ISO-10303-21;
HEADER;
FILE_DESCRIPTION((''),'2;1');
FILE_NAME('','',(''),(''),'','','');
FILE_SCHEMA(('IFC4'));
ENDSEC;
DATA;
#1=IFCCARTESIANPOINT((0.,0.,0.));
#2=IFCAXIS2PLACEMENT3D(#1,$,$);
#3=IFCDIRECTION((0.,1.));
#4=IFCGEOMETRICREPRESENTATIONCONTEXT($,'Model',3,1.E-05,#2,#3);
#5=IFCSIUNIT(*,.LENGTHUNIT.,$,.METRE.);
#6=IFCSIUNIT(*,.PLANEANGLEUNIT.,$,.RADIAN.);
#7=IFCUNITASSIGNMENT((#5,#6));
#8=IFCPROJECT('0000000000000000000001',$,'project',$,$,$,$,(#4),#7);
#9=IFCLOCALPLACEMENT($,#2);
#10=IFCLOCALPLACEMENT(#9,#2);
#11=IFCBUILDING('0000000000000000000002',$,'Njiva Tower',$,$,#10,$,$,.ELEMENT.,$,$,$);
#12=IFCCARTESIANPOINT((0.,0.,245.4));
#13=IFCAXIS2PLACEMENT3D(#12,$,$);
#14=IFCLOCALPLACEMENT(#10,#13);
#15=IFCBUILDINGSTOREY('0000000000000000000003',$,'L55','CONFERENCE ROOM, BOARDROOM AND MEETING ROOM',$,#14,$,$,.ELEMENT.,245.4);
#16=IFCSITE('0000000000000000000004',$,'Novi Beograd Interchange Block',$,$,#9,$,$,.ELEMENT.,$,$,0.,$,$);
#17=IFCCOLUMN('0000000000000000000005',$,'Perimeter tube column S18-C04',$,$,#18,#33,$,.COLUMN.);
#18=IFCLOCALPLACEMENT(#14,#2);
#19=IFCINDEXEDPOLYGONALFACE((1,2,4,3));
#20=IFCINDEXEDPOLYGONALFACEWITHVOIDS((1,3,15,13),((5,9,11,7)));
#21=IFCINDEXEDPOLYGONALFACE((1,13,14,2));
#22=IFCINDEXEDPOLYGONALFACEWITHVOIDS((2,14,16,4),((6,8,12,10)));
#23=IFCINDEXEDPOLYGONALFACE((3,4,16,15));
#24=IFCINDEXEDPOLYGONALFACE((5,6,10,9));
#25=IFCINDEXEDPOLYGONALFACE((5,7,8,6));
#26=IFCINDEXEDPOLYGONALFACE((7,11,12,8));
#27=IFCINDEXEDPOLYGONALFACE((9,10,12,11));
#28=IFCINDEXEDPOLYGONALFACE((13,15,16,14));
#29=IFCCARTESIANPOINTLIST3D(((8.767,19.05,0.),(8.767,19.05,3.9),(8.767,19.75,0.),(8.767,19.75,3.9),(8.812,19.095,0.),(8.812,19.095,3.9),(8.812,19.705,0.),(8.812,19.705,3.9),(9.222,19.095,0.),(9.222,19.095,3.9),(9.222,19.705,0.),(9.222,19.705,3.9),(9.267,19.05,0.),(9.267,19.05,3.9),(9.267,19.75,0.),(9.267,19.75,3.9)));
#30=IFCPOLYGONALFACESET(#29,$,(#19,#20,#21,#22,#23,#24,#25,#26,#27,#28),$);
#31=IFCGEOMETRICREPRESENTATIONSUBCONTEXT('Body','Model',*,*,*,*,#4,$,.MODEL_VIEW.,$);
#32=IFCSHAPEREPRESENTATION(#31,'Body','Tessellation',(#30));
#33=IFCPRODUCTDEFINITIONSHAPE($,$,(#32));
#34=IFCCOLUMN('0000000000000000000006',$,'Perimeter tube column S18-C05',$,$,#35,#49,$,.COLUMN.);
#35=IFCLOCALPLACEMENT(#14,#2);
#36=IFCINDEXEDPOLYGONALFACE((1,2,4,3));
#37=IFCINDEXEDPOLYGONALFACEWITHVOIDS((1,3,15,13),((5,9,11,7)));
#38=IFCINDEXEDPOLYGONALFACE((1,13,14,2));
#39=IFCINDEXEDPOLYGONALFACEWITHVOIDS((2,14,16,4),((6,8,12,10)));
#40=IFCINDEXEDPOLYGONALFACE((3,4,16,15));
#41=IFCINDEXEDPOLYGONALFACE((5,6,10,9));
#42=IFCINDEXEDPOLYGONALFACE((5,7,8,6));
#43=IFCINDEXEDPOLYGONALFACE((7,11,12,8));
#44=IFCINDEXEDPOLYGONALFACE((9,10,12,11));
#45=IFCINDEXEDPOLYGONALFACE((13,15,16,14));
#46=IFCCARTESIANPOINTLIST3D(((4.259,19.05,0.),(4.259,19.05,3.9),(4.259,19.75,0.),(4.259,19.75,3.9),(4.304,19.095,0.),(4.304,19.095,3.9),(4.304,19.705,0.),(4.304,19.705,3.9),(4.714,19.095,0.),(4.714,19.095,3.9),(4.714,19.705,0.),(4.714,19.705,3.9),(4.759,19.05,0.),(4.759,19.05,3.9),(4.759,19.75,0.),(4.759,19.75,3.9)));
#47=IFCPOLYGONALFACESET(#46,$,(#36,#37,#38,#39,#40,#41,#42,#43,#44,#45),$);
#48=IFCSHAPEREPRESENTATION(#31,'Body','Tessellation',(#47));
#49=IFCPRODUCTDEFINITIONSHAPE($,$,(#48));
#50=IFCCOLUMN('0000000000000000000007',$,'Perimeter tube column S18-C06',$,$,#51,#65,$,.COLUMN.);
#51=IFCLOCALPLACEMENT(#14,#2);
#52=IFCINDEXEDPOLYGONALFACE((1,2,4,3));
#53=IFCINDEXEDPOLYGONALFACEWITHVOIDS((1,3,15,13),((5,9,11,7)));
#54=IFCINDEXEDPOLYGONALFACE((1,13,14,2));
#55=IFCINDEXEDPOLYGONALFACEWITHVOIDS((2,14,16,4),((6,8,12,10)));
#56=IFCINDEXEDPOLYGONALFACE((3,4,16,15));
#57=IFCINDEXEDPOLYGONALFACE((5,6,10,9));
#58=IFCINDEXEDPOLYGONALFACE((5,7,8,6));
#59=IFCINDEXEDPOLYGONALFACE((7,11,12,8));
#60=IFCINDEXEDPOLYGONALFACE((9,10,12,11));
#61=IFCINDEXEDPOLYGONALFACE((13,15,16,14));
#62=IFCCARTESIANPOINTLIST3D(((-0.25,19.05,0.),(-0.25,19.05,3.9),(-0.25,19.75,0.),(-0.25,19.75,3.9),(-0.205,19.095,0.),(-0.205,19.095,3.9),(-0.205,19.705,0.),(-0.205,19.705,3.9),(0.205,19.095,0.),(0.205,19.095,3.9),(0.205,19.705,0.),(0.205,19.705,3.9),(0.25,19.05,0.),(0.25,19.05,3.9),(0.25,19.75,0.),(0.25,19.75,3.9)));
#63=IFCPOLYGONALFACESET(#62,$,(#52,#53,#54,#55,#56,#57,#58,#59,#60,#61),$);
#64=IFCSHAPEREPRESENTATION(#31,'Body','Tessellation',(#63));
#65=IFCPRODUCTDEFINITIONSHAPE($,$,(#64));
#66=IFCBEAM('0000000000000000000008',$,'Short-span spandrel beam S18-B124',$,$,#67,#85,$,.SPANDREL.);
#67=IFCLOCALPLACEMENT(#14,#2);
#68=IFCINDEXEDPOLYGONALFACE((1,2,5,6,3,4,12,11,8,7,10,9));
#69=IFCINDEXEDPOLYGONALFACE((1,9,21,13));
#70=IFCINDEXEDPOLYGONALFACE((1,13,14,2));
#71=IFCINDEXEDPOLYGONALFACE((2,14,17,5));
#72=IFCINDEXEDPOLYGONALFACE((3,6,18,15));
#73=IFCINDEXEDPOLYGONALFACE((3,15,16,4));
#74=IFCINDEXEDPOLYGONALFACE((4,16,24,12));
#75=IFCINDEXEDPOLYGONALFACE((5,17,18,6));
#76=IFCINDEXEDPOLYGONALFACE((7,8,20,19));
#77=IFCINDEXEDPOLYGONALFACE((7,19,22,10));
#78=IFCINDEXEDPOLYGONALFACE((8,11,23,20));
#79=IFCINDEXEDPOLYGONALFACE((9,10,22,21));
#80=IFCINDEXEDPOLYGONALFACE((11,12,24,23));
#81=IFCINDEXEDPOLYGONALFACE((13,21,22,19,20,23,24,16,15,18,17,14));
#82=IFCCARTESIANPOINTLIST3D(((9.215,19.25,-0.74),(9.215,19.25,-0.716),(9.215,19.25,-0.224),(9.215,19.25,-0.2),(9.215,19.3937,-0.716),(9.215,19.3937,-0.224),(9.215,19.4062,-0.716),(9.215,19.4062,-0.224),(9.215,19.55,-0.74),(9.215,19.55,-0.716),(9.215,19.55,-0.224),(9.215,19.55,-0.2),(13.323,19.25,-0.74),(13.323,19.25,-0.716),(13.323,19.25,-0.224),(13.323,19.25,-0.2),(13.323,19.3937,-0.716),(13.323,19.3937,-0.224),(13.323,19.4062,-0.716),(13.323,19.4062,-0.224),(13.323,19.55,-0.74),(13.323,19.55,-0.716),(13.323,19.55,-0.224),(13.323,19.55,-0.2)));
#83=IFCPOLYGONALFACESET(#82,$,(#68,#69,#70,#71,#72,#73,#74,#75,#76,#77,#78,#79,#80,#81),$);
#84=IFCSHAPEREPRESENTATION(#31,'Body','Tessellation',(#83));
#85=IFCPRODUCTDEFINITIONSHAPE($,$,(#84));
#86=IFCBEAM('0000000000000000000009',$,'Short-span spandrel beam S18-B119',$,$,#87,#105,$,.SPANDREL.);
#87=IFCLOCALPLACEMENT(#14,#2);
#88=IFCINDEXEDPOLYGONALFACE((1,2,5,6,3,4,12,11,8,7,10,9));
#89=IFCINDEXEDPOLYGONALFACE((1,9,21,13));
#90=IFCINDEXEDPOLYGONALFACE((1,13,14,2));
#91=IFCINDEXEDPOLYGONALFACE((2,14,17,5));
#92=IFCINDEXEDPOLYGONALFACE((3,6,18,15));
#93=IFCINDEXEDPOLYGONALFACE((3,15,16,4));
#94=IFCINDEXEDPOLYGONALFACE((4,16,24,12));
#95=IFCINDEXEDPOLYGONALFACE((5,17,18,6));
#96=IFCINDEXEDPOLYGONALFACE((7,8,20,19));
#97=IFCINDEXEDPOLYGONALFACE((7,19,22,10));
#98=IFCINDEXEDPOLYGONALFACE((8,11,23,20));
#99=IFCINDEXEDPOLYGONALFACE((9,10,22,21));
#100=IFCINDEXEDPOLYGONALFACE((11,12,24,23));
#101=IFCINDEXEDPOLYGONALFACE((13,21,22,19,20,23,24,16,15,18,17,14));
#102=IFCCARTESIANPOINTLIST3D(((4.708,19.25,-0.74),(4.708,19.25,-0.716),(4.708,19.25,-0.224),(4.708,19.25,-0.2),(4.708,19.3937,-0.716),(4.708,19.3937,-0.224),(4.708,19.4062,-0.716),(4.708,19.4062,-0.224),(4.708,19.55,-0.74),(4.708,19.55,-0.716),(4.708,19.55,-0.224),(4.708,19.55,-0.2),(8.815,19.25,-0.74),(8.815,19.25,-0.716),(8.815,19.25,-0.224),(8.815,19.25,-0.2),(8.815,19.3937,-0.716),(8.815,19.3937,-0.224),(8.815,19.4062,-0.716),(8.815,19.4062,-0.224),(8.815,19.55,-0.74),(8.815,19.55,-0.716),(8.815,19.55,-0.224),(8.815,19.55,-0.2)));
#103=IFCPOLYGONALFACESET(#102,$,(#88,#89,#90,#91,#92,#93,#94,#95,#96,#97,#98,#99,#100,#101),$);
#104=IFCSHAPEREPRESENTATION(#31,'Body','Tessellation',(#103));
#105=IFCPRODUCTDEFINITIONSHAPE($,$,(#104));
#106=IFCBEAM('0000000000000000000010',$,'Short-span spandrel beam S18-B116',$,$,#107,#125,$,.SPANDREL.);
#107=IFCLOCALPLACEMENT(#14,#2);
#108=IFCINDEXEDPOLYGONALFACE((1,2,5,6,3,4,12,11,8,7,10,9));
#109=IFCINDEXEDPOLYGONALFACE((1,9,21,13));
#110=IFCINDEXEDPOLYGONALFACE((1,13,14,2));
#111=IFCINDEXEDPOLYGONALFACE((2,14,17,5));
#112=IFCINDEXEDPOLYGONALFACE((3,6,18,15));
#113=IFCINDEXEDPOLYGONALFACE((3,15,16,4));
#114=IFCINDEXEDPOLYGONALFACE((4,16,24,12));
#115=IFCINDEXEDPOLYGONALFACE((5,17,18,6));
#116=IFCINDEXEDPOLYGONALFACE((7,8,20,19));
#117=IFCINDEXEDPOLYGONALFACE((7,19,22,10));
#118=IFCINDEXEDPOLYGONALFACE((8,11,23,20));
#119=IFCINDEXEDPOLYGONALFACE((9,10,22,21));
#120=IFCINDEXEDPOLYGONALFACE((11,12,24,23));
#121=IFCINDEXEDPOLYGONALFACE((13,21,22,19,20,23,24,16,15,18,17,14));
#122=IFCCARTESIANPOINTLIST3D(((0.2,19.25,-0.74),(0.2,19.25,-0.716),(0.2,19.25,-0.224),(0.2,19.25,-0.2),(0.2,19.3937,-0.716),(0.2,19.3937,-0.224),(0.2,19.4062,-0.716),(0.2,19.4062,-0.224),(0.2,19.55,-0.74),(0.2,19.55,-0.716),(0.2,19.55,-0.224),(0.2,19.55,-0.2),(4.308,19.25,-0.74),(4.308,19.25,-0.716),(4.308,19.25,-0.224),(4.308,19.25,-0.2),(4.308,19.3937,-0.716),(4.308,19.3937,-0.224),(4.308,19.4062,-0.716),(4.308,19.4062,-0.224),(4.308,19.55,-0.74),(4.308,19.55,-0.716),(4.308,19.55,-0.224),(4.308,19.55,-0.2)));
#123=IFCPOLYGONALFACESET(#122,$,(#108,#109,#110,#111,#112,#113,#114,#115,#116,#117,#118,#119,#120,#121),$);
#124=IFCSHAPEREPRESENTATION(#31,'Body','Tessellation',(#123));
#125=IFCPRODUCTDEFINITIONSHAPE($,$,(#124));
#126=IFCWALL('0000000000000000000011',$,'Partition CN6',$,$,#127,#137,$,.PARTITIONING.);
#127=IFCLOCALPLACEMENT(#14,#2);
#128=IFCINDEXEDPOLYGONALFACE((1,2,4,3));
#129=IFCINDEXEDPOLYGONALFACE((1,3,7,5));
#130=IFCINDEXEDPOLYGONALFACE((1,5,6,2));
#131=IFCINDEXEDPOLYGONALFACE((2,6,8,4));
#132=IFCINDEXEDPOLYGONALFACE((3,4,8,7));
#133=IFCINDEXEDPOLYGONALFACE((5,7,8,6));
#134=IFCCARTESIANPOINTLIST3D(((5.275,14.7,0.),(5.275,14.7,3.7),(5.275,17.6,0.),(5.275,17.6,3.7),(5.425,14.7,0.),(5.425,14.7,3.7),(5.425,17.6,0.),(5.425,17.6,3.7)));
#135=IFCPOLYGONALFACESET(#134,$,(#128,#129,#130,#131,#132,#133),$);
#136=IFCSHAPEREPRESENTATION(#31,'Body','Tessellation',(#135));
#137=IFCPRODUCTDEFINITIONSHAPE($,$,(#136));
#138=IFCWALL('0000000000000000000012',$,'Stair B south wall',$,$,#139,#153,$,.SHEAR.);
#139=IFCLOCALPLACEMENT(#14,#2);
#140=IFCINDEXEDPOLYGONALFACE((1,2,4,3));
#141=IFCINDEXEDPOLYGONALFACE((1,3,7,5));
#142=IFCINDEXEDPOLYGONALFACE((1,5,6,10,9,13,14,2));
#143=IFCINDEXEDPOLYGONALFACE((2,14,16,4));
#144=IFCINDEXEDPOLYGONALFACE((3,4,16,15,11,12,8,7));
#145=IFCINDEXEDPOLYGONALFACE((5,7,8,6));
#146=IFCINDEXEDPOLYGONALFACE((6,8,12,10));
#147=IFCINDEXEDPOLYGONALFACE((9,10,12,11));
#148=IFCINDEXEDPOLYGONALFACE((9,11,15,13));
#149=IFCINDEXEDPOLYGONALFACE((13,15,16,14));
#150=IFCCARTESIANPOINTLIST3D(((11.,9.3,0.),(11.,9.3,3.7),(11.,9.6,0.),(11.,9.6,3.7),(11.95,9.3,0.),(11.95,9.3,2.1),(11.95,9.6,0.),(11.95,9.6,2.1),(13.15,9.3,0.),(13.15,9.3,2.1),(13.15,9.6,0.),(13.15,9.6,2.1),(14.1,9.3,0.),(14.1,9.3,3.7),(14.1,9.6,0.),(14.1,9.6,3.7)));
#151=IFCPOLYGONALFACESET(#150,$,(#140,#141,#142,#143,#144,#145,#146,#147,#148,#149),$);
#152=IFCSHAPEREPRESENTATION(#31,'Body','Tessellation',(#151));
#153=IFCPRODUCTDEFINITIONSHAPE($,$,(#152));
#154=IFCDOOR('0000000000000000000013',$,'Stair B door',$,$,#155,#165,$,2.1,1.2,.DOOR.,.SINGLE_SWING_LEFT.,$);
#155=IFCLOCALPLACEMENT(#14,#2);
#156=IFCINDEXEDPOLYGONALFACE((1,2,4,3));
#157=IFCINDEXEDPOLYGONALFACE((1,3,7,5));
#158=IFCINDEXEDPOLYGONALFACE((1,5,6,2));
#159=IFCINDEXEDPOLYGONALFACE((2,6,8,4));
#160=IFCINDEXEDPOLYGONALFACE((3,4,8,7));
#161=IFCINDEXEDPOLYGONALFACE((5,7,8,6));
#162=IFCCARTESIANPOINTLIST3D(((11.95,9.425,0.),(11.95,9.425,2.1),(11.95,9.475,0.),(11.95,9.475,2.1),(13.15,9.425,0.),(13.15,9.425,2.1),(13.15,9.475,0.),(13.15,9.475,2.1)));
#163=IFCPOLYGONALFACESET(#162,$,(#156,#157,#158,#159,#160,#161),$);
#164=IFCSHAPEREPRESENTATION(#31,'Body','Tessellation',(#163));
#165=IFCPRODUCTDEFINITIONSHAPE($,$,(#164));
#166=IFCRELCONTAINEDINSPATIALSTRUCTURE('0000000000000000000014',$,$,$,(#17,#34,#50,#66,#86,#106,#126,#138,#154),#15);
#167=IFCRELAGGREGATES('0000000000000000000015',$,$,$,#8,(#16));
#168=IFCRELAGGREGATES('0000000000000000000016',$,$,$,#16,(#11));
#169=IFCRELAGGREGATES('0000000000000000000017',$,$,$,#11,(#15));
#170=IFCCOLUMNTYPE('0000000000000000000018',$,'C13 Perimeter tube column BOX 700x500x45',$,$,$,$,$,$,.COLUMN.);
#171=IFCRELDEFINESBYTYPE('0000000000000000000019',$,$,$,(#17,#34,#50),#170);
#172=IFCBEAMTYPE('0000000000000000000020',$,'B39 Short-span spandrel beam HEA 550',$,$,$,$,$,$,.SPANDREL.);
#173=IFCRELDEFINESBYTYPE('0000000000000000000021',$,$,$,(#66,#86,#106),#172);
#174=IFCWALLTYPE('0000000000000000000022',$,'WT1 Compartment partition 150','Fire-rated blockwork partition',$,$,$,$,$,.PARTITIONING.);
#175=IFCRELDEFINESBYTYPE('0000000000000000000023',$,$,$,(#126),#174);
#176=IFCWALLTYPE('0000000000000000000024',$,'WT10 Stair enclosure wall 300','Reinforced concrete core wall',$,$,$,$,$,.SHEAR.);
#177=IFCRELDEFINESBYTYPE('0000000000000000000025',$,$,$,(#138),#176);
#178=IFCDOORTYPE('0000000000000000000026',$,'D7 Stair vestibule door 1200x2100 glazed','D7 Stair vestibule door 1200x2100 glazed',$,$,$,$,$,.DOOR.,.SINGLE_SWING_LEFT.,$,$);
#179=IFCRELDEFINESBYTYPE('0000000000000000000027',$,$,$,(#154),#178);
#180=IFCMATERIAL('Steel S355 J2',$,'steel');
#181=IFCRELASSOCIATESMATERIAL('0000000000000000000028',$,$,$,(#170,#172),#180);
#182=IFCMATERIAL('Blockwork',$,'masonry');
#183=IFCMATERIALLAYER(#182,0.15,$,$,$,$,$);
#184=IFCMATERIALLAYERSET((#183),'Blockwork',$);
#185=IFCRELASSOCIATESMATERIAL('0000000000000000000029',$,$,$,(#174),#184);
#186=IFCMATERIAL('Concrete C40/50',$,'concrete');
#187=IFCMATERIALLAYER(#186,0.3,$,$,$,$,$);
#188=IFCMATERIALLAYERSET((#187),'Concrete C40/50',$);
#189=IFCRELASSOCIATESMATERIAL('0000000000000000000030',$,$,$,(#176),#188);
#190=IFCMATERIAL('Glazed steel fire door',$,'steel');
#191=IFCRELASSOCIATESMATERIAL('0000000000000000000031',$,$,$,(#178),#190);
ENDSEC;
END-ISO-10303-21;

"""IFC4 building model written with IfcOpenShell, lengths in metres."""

from ifc_helpers import new_model, si_unit, direction, frame, frame_2d, origin, origin_2d, place, context, subcontext, project, spatial, rectangle, hollow_rectangle, i_section, extrude, material, layer, layer_set, material_profile, profile_set, type_object, element, fill, save


model = new_model("IFC4")

# Units and contexts
model_context = context("Model", 3, precision=1e-05, world=origin(), true_north=direction((0.0, 1.0)))
body_context = subcontext(model_context, "Body", "Model", "MODEL_VIEW")
ifc_project = project(units=[si_unit("LENGTHUNIT", "METRE"), si_unit("PLANEANGLEUNIT", "RADIAN")], contexts=[model_context])

# Site, building, storey
site_placement = place(None, origin())
site = spatial("IfcSite", under=ifc_project, at=site_placement, Name="Novi Beograd Interchange Block", CompositionType="ELEMENT", RefElevation=0.0)
building_placement = place(site_placement, origin())
building = spatial("IfcBuilding", under=site, at=building_placement, Name="Njiva Tower", CompositionType="ELEMENT")
storey_placement = place(building_placement, frame((0.0, 0.0, 245.4)))
storey = spatial("IfcBuildingStorey", under=building, at=storey_placement, Name="L55", Description="CONFERENCE ROOM, BOARDROOM AND MEETING ROOM", CompositionType="ELEMENT", Elevation=245.4)

# Columns
ifc_material_1 = material(Name="Steel S355 J2", Category="steel")
ifc_material_profile_1 = material_profile(ifc_material_1, hollow_rectangle(XDim=0.5, YDim=0.7, WallThickness=0.045, at=origin_2d()), Name="BOX 700x500x45")
ifc_profile_set_1 = profile_set([ifc_material_profile_1], Name="Steel S355 J2")
column_type = type_object("IfcColumnType", Name="C13 Perimeter tube column BOX 700x500x45", PredefinedType="COLUMN", material=ifc_profile_set_1)
for number, where, z_axis, x_axis, name in (
    (1, (9.017, 19.4, 0.0), (0.0, 0.0, 1.0), (-1.0, 0.0, 0.0), "Perimeter tube column S18-C04"),
    (2, (4.509, 19.4, 0.0), (0.0, 0.0, 1.0), (-1.0, 0.0, 0.0), "Perimeter tube column S18-C05"),
    (3, (0.0, 19.4, 0.0), (0.0, 0.0, 1.0), (-1.0, 0.0, 0.0), "Perimeter tube column S18-C06"),
):
    element("IfcColumn", number, at=place(storey_placement, frame(where, z_axis=z_axis, x_axis=x_axis)), inside=storey, type_object=column_type, Name=name, PredefinedType="COLUMN", context=body_context, shape_type="SweptSolid", body=[
        extrude(hollow_rectangle(XDim=0.5, YDim=0.7, WallThickness=0.045, at=origin_2d()), origin(), (0.0, 0.0, 1.0), 3.9),
    ])

# Beams
ifc_material_profile_2 = material_profile(ifc_material_1, i_section(OverallWidth=0.3, OverallDepth=0.54, WebThickness=0.0125, FlangeThickness=0.024, at=origin_2d()), Name="HEA 550")
ifc_profile_set_2 = profile_set([ifc_material_profile_2], Name="Steel S355 J2")
beam_type = type_object("IfcBeamType", Name="B39 Short-span spandrel beam HEA 550", PredefinedType="SPANDREL", material=ifc_profile_set_2)
beam_1_placement = place(storey_placement, frame((13.323, 19.4, -0.47), z_axis=(-1.0, 0.0, 0.0), x_axis=(0.0, -1.0, 0.0)))
element("IfcBeam", 4, at=beam_1_placement, inside=storey, type_object=beam_type, Name="Short-span spandrel beam S18-B124", PredefinedType="SPANDREL", context=body_context, shape_type="SweptSolid", body=[
    extrude(i_section(OverallWidth=0.3, OverallDepth=0.54, WebThickness=0.0125, FlangeThickness=0.024, at=origin_2d()), origin(), (0.0, 0.0, 1.0), 4.108),
])
beam_2_placement = place(storey_placement, frame((8.815, 19.4, -0.47), z_axis=(-1.0, 0.0, 0.0), x_axis=(0.0, -1.0, 0.0)))
element("IfcBeam", 5, at=beam_2_placement, inside=storey, type_object=beam_type, Name="Short-span spandrel beam S18-B119", PredefinedType="SPANDREL", context=body_context, shape_type="SweptSolid", body=[
    extrude(i_section(OverallWidth=0.3, OverallDepth=0.54, WebThickness=0.0125, FlangeThickness=0.024, at=origin_2d()), origin(), (0.0, 0.0, 1.0), 4.107),
])
beam_3_placement = place(storey_placement, frame((4.308, 19.4, -0.47), z_axis=(-1.0, 0.0, 0.0), x_axis=(0.0, -1.0, 0.0)))
element("IfcBeam", 6, at=beam_3_placement, inside=storey, type_object=beam_type, Name="Short-span spandrel beam S18-B116", PredefinedType="SPANDREL", context=body_context, shape_type="SweptSolid", body=[
    extrude(i_section(OverallWidth=0.3, OverallDepth=0.54, WebThickness=0.0125, FlangeThickness=0.024, at=origin_2d()), origin(), (0.0, 0.0, 1.0), 4.108),
])

# Wall
ifc_material_2 = material(Name="Blockwork", Category="masonry")
ifc_layer_1 = layer(ifc_material_2, 0.15)
ifc_layer_set_1 = layer_set([ifc_layer_1], Name="Blockwork")
wall_type_1 = type_object("IfcWallType", Name="WT1 Compartment partition 150", Description="Fire-rated blockwork partition", PredefinedType="PARTITIONING", material=ifc_layer_set_1)
wall_1_placement = place(storey_placement, frame((5.35, 14.7, 0.0), z_axis=(0.0, 0.0, 1.0), x_axis=(0.0, 1.0, 0.0)))
element("IfcWall", 7, at=wall_1_placement, inside=storey, type_object=wall_type_1, Name="Partition CN6", PredefinedType="PARTITIONING", context=body_context, shape_type="SweptSolid", body=[
    extrude(rectangle(XDim=2.9, YDim=0.15, at=frame_2d((1.45, 0.0))), origin(), (0.0, 0.0, 1.0), 3.7),
])

# Wall, opening, door
ifc_material_3 = material(Name="Concrete C40/50", Category="concrete")
ifc_layer_2 = layer(ifc_material_3, 0.3)
ifc_layer_set_2 = layer_set([ifc_layer_2], Name="Concrete C40/50")
wall_type_2 = type_object("IfcWallType", Name="WT10 Stair enclosure wall 300", Description="Reinforced concrete core wall", PredefinedType="SHEAR", material=ifc_layer_set_2)
wall_2_placement = place(storey_placement, frame((11.0, 9.45, 0.0), z_axis=(0.0, 0.0, 1.0), x_axis=(1.0, 0.0, 0.0)))
wall_2 = element("IfcWall", 8, at=wall_2_placement, inside=storey, type_object=wall_type_2, Name="Stair B south wall", PredefinedType="SHEAR", context=body_context, shape_type="SweptSolid", body=[
    extrude(rectangle(XDim=3.1, YDim=0.3, at=frame_2d((1.55, 0.0))), origin(), (0.0, 0.0, 1.0), 3.7),
])
opening_1_placement = place(wall_2_placement, frame((0.95, 0.0, 0.0)))
opening_1 = element("IfcOpeningElement", 9, at=opening_1_placement, cuts=wall_2, PredefinedType="OPENING", context=body_context, shape_type="SweptSolid", body=[
    extrude(rectangle(XDim=1.2, YDim=2.1, at=frame_2d((0.6, 1.05))), frame((0.0, 0.16, 0.0), z_axis=(0.0, -1.0, 0.0), x_axis=(1.0, 0.0, 0.0)), (0.0, 0.0, 1.0), 0.32),
])
ifc_material_4 = material(Name="Glazed steel fire door", Category="steel")
door_type_1 = type_object("IfcDoorType", Name="D7 Stair vestibule door 1200x2100 glazed", Description="D7 Stair vestibule door 1200x2100 glazed", OperationType="SINGLE_SWING_LEFT", PredefinedType="DOOR", material=ifc_material_4)
door_1_placement = place(opening_1_placement, origin())
door_1 = element("IfcDoor", 10, at=door_1_placement, inside=storey, type_object=door_type_1, Name="Stair B door", OperationType="SINGLE_SWING_LEFT", OverallHeight=2.1, OverallWidth=1.2, PredefinedType="DOOR", context=body_context, shape_type="SweptSolid", body=[
    extrude(rectangle(XDim=1.2, YDim=2.1, at=frame_2d((0.6, 1.05))), frame((0.0, 0.025, 0.0), z_axis=(0.0, -1.0, 0.0), x_axis=(1.0, 0.0, 0.0)), (0.0, 0.0, 1.0), 0.05),
])
fill(opening_1, door_1)

save(model, "model.ifc")
